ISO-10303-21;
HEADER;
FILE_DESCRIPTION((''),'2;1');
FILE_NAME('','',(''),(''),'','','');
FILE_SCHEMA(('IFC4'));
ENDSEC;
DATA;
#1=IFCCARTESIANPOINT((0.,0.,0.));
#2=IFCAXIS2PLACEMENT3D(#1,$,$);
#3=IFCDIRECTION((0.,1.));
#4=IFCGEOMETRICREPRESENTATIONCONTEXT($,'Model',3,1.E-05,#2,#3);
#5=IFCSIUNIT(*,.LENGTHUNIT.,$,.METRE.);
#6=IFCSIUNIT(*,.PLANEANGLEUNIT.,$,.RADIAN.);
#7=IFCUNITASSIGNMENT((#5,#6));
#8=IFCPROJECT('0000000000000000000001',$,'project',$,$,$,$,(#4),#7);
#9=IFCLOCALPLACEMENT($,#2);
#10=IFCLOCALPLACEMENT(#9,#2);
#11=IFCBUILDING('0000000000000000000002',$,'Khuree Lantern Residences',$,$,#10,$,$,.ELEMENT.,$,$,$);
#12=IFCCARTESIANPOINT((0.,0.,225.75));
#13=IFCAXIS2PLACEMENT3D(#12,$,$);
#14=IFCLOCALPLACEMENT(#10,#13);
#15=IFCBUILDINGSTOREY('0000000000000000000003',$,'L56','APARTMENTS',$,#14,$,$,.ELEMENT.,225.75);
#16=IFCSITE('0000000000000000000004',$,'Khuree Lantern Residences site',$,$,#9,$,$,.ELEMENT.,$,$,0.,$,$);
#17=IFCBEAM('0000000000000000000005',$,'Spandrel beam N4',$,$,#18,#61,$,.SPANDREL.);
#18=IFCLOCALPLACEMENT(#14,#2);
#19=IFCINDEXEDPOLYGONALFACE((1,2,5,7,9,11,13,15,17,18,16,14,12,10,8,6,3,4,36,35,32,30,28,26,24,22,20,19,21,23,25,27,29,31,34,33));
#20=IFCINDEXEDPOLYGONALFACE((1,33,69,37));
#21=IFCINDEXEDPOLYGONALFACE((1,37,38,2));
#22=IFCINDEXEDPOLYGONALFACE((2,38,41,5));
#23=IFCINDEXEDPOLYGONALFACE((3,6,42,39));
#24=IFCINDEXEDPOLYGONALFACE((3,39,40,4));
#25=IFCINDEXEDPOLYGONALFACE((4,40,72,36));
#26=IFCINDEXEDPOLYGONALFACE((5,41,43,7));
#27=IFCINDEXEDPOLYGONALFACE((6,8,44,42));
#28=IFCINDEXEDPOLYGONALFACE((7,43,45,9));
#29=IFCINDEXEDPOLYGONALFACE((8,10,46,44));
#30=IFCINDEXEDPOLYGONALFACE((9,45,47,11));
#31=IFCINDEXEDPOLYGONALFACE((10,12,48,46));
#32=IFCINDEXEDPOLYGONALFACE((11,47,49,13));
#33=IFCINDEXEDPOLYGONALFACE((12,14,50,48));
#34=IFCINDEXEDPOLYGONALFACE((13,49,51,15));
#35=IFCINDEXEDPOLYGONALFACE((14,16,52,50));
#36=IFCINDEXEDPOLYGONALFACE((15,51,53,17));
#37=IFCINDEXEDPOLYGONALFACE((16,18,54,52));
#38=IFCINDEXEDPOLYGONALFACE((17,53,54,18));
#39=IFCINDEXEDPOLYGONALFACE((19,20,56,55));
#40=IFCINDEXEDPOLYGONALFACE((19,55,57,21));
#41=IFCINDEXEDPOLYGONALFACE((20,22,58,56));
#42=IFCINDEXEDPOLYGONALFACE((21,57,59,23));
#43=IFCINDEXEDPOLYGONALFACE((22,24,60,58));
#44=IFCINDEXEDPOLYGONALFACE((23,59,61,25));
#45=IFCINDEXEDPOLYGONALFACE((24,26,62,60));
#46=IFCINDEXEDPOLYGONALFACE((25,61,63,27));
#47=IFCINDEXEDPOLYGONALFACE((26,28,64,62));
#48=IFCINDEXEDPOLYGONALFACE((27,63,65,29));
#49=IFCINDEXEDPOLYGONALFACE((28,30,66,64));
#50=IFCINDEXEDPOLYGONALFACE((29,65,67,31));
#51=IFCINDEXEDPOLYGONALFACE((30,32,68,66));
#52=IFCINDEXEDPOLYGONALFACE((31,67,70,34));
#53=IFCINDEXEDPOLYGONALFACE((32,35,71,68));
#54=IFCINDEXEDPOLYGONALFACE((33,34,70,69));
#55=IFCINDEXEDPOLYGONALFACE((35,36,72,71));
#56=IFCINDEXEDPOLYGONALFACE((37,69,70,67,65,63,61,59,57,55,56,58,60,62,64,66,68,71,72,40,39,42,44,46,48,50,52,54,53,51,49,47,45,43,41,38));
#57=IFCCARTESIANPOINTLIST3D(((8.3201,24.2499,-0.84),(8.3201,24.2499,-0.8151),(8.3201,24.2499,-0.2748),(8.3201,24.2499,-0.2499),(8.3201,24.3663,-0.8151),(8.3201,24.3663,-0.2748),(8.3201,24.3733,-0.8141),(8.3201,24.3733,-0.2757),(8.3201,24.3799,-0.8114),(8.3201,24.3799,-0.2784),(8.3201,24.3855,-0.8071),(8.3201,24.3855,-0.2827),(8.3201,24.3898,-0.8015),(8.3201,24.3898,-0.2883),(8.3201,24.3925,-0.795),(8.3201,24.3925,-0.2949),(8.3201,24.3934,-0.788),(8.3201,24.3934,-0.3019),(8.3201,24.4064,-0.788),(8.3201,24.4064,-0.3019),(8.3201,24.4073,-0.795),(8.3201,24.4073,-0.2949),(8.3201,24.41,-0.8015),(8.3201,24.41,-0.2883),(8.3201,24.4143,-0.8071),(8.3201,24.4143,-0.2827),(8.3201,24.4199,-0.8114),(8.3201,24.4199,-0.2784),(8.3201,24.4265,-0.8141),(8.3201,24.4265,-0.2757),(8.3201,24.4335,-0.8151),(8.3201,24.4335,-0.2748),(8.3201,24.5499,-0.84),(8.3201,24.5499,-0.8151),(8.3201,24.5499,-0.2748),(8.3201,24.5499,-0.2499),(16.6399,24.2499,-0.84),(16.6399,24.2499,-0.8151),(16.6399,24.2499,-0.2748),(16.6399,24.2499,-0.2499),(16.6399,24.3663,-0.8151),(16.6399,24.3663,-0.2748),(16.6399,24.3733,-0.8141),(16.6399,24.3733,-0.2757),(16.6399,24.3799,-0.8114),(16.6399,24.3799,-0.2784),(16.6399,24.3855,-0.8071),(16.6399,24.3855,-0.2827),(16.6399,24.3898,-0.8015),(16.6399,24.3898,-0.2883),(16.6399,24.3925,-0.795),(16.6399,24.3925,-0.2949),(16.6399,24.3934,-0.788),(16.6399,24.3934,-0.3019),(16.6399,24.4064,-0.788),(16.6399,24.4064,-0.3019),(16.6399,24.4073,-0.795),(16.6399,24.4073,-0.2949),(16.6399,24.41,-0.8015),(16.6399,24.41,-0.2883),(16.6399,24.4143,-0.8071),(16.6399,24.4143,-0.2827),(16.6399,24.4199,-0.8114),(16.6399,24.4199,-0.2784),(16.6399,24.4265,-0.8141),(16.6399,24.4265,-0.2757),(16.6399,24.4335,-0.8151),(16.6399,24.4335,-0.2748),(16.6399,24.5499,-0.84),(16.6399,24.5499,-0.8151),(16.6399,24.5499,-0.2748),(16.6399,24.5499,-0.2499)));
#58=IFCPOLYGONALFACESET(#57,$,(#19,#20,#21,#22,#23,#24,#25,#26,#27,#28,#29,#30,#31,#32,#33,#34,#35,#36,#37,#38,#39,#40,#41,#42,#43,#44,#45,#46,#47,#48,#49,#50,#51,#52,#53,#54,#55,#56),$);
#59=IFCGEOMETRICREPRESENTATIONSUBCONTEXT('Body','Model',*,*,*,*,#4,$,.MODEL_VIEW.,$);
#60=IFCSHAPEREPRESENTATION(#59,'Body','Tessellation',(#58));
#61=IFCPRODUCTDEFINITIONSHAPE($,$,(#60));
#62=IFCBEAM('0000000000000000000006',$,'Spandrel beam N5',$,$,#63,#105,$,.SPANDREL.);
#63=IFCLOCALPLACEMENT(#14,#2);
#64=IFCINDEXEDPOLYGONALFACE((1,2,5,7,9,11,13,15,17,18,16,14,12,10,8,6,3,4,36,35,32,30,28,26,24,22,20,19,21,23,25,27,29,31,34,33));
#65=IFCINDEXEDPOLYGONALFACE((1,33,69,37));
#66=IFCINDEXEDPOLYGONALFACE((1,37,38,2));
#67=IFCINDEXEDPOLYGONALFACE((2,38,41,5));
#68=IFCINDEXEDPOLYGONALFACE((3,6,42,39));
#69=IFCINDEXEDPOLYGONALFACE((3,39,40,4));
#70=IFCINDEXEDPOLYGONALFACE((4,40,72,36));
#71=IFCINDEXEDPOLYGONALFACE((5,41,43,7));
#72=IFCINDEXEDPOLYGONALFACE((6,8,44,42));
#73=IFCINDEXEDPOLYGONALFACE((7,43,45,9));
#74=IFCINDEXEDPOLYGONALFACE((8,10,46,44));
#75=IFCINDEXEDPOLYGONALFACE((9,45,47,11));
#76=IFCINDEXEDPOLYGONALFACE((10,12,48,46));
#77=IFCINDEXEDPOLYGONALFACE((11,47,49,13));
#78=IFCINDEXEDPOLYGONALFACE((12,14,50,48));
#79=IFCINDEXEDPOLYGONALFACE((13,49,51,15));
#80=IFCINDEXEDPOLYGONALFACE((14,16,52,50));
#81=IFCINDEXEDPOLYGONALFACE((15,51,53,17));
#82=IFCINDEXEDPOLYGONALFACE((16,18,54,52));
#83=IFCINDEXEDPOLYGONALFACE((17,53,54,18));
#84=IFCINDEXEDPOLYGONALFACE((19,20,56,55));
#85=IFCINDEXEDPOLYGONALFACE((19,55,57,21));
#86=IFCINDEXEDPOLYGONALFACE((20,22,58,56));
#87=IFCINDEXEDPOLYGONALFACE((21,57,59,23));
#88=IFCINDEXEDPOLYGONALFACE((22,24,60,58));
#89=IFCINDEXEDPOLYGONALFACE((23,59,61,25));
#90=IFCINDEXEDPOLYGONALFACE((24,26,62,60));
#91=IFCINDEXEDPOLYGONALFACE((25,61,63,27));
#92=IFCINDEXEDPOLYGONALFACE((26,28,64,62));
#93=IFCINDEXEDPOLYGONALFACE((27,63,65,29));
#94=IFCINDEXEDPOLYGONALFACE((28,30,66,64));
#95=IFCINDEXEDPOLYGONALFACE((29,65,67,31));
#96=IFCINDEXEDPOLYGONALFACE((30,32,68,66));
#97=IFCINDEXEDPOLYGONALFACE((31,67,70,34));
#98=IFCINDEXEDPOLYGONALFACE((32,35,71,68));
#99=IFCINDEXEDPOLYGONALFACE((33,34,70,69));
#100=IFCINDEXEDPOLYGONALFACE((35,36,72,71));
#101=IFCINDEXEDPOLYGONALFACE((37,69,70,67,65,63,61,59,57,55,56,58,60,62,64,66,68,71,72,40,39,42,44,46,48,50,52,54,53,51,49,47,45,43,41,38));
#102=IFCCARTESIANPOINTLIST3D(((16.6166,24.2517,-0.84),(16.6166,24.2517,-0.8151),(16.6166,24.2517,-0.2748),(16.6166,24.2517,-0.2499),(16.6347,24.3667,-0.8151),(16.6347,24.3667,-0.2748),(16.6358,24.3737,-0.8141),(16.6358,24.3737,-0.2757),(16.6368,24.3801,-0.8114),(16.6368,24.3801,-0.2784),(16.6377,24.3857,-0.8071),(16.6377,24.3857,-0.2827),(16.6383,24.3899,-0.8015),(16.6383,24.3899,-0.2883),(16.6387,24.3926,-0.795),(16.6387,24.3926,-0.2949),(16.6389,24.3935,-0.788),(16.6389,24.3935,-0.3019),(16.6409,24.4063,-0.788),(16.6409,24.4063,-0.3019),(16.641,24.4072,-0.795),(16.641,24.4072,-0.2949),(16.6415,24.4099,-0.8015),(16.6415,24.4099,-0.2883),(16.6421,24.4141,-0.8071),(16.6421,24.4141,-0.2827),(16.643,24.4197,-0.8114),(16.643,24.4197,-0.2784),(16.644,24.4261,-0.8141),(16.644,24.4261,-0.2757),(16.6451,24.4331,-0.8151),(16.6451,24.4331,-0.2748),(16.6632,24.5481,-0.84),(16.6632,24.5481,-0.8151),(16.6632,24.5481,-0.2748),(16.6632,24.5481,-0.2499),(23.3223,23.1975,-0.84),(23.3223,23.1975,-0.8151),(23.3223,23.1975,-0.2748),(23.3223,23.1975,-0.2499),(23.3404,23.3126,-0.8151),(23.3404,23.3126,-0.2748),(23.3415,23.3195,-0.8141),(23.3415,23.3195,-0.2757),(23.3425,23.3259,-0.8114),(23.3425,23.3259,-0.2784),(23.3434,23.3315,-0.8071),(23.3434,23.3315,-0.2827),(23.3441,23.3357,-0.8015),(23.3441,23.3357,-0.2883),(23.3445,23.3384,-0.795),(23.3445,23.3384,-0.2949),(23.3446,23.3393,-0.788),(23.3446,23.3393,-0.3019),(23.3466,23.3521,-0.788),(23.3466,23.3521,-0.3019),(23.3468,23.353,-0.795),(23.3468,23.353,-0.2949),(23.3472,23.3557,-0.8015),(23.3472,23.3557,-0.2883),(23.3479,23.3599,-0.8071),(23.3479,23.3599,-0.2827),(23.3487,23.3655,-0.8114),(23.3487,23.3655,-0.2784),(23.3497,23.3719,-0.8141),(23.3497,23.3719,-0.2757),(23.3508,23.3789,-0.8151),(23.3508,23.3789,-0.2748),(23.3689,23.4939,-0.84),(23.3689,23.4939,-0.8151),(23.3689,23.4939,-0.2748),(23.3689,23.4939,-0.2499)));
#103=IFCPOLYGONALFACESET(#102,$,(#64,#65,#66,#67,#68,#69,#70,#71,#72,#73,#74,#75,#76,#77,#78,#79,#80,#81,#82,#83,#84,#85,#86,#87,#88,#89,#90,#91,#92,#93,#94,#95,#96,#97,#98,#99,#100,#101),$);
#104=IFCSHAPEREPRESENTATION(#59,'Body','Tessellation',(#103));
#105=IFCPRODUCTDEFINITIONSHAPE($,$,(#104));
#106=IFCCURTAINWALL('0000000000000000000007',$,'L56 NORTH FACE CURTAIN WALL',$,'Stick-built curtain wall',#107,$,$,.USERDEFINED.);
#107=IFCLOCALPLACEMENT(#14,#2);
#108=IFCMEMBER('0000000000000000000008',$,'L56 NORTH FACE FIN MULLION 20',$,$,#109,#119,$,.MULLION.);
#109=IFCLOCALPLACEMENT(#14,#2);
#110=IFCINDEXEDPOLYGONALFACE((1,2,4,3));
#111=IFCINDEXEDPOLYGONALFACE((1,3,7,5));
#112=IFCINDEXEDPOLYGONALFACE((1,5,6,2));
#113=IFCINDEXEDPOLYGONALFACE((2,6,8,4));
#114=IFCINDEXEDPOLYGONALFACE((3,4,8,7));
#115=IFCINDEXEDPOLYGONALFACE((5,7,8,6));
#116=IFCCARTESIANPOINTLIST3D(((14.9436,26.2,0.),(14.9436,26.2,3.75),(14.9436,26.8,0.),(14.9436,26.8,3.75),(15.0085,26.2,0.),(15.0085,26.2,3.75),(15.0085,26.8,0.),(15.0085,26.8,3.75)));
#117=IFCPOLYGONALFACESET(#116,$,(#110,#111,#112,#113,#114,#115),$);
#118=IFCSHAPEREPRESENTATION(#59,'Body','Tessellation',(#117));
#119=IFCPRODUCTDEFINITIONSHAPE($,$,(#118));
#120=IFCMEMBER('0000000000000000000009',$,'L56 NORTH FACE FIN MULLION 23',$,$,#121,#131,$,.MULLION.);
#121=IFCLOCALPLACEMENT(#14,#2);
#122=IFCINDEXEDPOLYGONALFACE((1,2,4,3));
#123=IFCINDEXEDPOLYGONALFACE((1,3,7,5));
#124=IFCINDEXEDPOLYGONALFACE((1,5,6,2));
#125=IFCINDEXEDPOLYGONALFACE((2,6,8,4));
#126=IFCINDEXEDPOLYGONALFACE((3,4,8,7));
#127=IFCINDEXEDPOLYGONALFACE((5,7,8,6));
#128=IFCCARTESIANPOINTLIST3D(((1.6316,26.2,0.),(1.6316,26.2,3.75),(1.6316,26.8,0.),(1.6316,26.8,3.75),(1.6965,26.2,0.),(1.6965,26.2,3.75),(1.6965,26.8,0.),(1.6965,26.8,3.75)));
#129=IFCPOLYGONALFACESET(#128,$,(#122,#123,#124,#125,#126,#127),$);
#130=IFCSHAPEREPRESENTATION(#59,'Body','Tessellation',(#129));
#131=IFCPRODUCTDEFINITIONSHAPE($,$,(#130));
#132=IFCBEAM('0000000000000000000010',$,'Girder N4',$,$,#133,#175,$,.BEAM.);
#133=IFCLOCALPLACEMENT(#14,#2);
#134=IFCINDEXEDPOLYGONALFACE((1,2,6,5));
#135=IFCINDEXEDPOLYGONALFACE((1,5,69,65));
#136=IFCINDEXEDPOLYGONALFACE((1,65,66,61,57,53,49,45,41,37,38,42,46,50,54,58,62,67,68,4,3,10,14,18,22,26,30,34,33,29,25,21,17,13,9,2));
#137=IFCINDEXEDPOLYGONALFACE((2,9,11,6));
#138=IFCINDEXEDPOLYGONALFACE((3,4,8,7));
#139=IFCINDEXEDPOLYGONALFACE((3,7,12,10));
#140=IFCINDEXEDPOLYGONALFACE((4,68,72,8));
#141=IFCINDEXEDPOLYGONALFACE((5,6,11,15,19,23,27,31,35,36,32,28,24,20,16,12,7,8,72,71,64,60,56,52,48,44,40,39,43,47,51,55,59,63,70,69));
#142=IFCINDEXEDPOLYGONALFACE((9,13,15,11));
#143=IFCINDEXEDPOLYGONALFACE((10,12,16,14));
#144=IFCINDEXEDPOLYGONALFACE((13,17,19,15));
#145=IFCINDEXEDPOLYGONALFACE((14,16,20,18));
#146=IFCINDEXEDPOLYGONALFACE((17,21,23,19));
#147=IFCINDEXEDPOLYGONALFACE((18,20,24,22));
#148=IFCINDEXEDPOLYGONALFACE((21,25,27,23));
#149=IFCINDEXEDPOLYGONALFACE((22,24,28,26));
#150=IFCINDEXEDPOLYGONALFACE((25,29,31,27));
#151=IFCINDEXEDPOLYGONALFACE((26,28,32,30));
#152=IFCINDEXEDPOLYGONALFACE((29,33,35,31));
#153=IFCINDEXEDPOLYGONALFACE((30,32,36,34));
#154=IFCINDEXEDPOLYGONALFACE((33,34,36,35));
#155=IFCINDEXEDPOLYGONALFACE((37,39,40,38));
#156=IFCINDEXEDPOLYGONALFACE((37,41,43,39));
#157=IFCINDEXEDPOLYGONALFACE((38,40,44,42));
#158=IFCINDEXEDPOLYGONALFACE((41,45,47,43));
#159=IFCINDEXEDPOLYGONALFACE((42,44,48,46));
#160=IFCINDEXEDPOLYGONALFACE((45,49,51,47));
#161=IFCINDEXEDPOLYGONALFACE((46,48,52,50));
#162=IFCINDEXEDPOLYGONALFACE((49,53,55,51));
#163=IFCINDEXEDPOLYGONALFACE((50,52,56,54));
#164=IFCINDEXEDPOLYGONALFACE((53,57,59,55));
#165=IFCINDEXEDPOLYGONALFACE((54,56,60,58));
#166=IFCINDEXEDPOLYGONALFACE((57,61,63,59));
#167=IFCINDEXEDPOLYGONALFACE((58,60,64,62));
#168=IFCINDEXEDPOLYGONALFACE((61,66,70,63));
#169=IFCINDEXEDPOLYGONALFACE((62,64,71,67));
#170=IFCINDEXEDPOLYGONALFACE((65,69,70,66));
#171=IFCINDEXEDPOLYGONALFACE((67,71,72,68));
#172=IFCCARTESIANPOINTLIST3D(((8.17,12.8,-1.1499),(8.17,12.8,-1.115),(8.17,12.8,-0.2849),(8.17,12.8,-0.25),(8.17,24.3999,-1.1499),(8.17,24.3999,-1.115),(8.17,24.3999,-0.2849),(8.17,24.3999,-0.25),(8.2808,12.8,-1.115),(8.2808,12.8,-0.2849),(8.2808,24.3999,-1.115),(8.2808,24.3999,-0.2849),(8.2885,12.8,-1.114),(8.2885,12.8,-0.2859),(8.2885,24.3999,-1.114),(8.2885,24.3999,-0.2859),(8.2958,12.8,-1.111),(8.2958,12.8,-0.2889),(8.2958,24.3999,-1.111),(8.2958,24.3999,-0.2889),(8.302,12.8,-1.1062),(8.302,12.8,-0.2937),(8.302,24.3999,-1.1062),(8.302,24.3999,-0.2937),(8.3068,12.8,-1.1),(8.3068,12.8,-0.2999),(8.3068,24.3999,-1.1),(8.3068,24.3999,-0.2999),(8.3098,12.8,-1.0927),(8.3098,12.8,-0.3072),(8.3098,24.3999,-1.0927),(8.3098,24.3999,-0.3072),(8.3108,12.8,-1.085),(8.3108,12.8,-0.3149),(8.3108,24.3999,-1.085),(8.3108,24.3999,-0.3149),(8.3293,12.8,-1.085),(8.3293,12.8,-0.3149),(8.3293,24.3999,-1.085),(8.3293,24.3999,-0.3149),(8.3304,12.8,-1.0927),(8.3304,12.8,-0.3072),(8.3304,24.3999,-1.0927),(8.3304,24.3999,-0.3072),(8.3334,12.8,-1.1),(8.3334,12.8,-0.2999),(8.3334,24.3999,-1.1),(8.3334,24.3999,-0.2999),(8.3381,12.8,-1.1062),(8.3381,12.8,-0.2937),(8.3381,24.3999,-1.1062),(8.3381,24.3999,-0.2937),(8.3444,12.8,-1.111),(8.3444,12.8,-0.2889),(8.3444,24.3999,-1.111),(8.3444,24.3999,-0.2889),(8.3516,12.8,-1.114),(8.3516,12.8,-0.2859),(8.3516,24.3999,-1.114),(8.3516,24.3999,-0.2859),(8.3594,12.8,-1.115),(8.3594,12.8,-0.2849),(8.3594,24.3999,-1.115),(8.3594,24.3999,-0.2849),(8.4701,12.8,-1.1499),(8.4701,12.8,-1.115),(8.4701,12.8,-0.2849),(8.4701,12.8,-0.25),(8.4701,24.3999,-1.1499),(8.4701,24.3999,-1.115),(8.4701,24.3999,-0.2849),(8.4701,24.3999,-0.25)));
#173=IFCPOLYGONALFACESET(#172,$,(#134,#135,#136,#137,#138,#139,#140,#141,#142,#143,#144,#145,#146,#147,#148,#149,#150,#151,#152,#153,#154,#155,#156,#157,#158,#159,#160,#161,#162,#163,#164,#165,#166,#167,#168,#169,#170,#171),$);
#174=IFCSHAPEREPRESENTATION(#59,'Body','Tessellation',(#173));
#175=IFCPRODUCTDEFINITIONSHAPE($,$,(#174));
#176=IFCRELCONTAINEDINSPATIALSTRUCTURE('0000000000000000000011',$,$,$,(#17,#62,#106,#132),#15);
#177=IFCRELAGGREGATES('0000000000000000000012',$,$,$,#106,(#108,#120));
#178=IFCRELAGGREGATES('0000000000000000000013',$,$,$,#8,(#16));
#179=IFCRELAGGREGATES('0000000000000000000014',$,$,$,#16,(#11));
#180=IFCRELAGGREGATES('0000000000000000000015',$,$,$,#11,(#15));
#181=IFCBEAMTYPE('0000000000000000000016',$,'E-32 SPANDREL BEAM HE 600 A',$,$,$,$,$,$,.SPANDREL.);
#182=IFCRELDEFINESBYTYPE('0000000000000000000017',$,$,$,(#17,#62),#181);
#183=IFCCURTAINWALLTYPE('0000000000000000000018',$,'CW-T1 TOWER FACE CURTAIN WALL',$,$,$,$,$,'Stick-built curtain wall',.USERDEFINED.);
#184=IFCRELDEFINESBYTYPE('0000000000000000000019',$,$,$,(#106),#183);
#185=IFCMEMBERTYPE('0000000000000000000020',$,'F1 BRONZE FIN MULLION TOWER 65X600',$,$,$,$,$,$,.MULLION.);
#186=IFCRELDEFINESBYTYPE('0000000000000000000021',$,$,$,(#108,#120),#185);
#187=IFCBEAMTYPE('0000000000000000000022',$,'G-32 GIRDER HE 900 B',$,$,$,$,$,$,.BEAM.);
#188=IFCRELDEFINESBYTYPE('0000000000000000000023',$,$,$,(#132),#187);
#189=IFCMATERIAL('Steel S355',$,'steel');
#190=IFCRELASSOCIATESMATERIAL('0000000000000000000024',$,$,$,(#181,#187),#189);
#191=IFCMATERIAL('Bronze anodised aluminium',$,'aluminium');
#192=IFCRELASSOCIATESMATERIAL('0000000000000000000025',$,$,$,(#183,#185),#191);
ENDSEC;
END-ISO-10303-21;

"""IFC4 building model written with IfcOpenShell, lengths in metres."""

from ifc_helpers import new_model, si_unit, direction, frame, origin, origin_2d, place, context, subcontext, project, spatial, rectangle, i_section, extrude, material, material_profile, profile_set, type_object, element, aggregate, save


model = new_model("IFC4")

# Units and contexts
model_context = context("Model", 3, precision=1e-05, world=origin(), true_north=direction((0.0, 1.0)))
body_context = subcontext(model_context, "Body", "Model", "MODEL_VIEW")
ifc_project = project(units=[si_unit("LENGTHUNIT", "METRE"), si_unit("PLANEANGLEUNIT", "RADIAN")], contexts=[model_context])

# Site, building, storey
site_placement = place(None, origin())
site = spatial("IfcSite", under=ifc_project, at=site_placement, Name="Khuree Lantern Residences site", CompositionType="ELEMENT", RefElevation=0.0)
building_placement = place(site_placement, origin())
building = spatial("IfcBuilding", under=site, at=building_placement, Name="Khuree Lantern Residences", CompositionType="ELEMENT")
storey_placement = place(building_placement, frame((0.0, 0.0, 225.75)))
storey = spatial("IfcBuildingStorey", under=building, at=storey_placement, Name="L56", Description="APARTMENTS", CompositionType="ELEMENT", Elevation=225.75)

# Beams
ifc_material_1 = material(Name="Steel S355", Category="steel")
ifc_material_profile_1 = material_profile(ifc_material_1, i_section(OverallWidth=0.3, OverallDepth=0.5901, WebThickness=0.0129, FlangeThickness=0.0249, FilletRadius=0.0271, at=origin_2d()), Name="HE 600 A")
ifc_profile_set_1 = profile_set([ifc_material_profile_1], Name="Steel S355")
beam_type_1 = type_object("IfcBeamType", Name="E-32 SPANDREL BEAM HE 600 A", PredefinedType="SPANDREL", material=ifc_profile_set_1)
beam_1_placement = place(storey_placement, frame((8.3201, 24.3999, -0.5449), z_axis=(1.0, 0.0, 0.0), x_axis=(0.0, 1.0, 0.0)))
element("IfcBeam", 1, at=beam_1_placement, inside=storey, type_object=beam_type_1, Name="Spandrel beam N4", PredefinedType="SPANDREL", context=body_context, shape_type="SweptSolid", body=[
    extrude(i_section(OverallWidth=0.3, OverallDepth=0.5901, WebThickness=0.0129, FlangeThickness=0.0249, FilletRadius=0.0271, at=origin_2d()), origin(), (0.0, 0.0, 1.0), 8.3198),
])
beam_2_placement = place(storey_placement, frame((16.6399, 24.3999, -0.5449), z_axis=(0.987867, -0.1553, 0.0), x_axis=(0.1553, 0.987867, 0.0)))
element("IfcBeam", 2, at=beam_2_placement, inside=storey, type_object=beam_type_1, Name="Spandrel beam N5", PredefinedType="SPANDREL", context=body_context, shape_type="SweptSolid", body=[
    extrude(i_section(OverallWidth=0.3, OverallDepth=0.5901, WebThickness=0.0129, FlangeThickness=0.0249, FilletRadius=0.0271, at=origin_2d()), origin(), (0.0, 0.0, 1.0), 6.7881),
])

# Curtain wall, members
ifc_material_2 = material(Name="Bronze anodised aluminium", Category="aluminium")
curtain_wall_type = type_object("IfcCurtainWallType", Name="CW-T1 TOWER FACE CURTAIN WALL", ElementType="Stick-built curtain wall", PredefinedType="USERDEFINED", material=ifc_material_2)
curtain_wall_placement = place(storey_placement, origin())
curtain_wall = element("IfcCurtainWall", 3, at=curtain_wall_placement, inside=storey, type_object=curtain_wall_type, Name="L56 NORTH FACE CURTAIN WALL", ObjectType="Stick-built curtain wall", PredefinedType="USERDEFINED")
ifc_material_profile_2 = material_profile(ifc_material_2, rectangle(XDim=0.0649, YDim=0.6001, at=origin_2d()), Name="F1 65X600")
ifc_profile_set_2 = profile_set([ifc_material_profile_2], Name="Bronze anodised aluminium")
member_type_1 = type_object("IfcMemberType", Name="F1 BRONZE FIN MULLION TOWER 65X600", PredefinedType="MULLION", material=ifc_profile_set_2)
member_1_placement = place(storey_placement, frame((14.9761, 26.5, 0.0), z_axis=(0.0, 0.0, 1.0), x_axis=(-1.0, 0.0, 0.0)))
member_1 = element("IfcMember", 4, at=member_1_placement, type_object=member_type_1, Name="L56 NORTH FACE FIN MULLION 20", PredefinedType="MULLION", context=body_context, shape_type="SweptSolid", body=[
    extrude(rectangle(XDim=0.0649, YDim=0.6001, at=origin_2d()), origin(), (0.0, 0.0, 1.0), 3.75),
])
member_2_placement = place(storey_placement, frame((1.6641, 26.5, 0.0), z_axis=(0.0, 0.0, 1.0), x_axis=(-1.0, 0.0, 0.0)))
member_2 = element("IfcMember", 5, at=member_2_placement, type_object=member_type_1, Name="L56 NORTH FACE FIN MULLION 23", PredefinedType="MULLION", context=body_context, shape_type="SweptSolid", body=[
    extrude(rectangle(XDim=0.0649, YDim=0.6001, at=origin_2d()), origin(), (0.0, 0.0, 1.0), 3.75),
])

# Beam
ifc_material_profile_3 = material_profile(ifc_material_1, i_section(OverallWidth=0.3, OverallDepth=0.8999, WebThickness=0.0186, FlangeThickness=0.0349, FilletRadius=0.03, at=origin_2d()), Name="HE 900 B")
ifc_profile_set_3 = profile_set([ifc_material_profile_3], Name="Steel S355")
beam_type_2 = type_object("IfcBeamType", Name="G-32 GIRDER HE 900 B", PredefinedType="BEAM", material=ifc_profile_set_3)
beam_3_placement = place(storey_placement, frame((8.3201, 24.3999, -0.7), z_axis=(0.0, -1.0, 0.0), x_axis=(1.0, 0.0, 0.0)))
element("IfcBeam", 6, at=beam_3_placement, inside=storey, type_object=beam_type_2, Name="Girder N4", PredefinedType="BEAM", context=body_context, shape_type="SweptSolid", body=[
    extrude(i_section(OverallWidth=0.3, OverallDepth=0.8999, WebThickness=0.0186, FlangeThickness=0.0349, FilletRadius=0.03, at=origin_2d()), origin(), (0.0, 0.0, 1.0), 11.5999),
])

aggregate(curtain_wall, [member_1, member_2])

save(model, "model.ifc")
